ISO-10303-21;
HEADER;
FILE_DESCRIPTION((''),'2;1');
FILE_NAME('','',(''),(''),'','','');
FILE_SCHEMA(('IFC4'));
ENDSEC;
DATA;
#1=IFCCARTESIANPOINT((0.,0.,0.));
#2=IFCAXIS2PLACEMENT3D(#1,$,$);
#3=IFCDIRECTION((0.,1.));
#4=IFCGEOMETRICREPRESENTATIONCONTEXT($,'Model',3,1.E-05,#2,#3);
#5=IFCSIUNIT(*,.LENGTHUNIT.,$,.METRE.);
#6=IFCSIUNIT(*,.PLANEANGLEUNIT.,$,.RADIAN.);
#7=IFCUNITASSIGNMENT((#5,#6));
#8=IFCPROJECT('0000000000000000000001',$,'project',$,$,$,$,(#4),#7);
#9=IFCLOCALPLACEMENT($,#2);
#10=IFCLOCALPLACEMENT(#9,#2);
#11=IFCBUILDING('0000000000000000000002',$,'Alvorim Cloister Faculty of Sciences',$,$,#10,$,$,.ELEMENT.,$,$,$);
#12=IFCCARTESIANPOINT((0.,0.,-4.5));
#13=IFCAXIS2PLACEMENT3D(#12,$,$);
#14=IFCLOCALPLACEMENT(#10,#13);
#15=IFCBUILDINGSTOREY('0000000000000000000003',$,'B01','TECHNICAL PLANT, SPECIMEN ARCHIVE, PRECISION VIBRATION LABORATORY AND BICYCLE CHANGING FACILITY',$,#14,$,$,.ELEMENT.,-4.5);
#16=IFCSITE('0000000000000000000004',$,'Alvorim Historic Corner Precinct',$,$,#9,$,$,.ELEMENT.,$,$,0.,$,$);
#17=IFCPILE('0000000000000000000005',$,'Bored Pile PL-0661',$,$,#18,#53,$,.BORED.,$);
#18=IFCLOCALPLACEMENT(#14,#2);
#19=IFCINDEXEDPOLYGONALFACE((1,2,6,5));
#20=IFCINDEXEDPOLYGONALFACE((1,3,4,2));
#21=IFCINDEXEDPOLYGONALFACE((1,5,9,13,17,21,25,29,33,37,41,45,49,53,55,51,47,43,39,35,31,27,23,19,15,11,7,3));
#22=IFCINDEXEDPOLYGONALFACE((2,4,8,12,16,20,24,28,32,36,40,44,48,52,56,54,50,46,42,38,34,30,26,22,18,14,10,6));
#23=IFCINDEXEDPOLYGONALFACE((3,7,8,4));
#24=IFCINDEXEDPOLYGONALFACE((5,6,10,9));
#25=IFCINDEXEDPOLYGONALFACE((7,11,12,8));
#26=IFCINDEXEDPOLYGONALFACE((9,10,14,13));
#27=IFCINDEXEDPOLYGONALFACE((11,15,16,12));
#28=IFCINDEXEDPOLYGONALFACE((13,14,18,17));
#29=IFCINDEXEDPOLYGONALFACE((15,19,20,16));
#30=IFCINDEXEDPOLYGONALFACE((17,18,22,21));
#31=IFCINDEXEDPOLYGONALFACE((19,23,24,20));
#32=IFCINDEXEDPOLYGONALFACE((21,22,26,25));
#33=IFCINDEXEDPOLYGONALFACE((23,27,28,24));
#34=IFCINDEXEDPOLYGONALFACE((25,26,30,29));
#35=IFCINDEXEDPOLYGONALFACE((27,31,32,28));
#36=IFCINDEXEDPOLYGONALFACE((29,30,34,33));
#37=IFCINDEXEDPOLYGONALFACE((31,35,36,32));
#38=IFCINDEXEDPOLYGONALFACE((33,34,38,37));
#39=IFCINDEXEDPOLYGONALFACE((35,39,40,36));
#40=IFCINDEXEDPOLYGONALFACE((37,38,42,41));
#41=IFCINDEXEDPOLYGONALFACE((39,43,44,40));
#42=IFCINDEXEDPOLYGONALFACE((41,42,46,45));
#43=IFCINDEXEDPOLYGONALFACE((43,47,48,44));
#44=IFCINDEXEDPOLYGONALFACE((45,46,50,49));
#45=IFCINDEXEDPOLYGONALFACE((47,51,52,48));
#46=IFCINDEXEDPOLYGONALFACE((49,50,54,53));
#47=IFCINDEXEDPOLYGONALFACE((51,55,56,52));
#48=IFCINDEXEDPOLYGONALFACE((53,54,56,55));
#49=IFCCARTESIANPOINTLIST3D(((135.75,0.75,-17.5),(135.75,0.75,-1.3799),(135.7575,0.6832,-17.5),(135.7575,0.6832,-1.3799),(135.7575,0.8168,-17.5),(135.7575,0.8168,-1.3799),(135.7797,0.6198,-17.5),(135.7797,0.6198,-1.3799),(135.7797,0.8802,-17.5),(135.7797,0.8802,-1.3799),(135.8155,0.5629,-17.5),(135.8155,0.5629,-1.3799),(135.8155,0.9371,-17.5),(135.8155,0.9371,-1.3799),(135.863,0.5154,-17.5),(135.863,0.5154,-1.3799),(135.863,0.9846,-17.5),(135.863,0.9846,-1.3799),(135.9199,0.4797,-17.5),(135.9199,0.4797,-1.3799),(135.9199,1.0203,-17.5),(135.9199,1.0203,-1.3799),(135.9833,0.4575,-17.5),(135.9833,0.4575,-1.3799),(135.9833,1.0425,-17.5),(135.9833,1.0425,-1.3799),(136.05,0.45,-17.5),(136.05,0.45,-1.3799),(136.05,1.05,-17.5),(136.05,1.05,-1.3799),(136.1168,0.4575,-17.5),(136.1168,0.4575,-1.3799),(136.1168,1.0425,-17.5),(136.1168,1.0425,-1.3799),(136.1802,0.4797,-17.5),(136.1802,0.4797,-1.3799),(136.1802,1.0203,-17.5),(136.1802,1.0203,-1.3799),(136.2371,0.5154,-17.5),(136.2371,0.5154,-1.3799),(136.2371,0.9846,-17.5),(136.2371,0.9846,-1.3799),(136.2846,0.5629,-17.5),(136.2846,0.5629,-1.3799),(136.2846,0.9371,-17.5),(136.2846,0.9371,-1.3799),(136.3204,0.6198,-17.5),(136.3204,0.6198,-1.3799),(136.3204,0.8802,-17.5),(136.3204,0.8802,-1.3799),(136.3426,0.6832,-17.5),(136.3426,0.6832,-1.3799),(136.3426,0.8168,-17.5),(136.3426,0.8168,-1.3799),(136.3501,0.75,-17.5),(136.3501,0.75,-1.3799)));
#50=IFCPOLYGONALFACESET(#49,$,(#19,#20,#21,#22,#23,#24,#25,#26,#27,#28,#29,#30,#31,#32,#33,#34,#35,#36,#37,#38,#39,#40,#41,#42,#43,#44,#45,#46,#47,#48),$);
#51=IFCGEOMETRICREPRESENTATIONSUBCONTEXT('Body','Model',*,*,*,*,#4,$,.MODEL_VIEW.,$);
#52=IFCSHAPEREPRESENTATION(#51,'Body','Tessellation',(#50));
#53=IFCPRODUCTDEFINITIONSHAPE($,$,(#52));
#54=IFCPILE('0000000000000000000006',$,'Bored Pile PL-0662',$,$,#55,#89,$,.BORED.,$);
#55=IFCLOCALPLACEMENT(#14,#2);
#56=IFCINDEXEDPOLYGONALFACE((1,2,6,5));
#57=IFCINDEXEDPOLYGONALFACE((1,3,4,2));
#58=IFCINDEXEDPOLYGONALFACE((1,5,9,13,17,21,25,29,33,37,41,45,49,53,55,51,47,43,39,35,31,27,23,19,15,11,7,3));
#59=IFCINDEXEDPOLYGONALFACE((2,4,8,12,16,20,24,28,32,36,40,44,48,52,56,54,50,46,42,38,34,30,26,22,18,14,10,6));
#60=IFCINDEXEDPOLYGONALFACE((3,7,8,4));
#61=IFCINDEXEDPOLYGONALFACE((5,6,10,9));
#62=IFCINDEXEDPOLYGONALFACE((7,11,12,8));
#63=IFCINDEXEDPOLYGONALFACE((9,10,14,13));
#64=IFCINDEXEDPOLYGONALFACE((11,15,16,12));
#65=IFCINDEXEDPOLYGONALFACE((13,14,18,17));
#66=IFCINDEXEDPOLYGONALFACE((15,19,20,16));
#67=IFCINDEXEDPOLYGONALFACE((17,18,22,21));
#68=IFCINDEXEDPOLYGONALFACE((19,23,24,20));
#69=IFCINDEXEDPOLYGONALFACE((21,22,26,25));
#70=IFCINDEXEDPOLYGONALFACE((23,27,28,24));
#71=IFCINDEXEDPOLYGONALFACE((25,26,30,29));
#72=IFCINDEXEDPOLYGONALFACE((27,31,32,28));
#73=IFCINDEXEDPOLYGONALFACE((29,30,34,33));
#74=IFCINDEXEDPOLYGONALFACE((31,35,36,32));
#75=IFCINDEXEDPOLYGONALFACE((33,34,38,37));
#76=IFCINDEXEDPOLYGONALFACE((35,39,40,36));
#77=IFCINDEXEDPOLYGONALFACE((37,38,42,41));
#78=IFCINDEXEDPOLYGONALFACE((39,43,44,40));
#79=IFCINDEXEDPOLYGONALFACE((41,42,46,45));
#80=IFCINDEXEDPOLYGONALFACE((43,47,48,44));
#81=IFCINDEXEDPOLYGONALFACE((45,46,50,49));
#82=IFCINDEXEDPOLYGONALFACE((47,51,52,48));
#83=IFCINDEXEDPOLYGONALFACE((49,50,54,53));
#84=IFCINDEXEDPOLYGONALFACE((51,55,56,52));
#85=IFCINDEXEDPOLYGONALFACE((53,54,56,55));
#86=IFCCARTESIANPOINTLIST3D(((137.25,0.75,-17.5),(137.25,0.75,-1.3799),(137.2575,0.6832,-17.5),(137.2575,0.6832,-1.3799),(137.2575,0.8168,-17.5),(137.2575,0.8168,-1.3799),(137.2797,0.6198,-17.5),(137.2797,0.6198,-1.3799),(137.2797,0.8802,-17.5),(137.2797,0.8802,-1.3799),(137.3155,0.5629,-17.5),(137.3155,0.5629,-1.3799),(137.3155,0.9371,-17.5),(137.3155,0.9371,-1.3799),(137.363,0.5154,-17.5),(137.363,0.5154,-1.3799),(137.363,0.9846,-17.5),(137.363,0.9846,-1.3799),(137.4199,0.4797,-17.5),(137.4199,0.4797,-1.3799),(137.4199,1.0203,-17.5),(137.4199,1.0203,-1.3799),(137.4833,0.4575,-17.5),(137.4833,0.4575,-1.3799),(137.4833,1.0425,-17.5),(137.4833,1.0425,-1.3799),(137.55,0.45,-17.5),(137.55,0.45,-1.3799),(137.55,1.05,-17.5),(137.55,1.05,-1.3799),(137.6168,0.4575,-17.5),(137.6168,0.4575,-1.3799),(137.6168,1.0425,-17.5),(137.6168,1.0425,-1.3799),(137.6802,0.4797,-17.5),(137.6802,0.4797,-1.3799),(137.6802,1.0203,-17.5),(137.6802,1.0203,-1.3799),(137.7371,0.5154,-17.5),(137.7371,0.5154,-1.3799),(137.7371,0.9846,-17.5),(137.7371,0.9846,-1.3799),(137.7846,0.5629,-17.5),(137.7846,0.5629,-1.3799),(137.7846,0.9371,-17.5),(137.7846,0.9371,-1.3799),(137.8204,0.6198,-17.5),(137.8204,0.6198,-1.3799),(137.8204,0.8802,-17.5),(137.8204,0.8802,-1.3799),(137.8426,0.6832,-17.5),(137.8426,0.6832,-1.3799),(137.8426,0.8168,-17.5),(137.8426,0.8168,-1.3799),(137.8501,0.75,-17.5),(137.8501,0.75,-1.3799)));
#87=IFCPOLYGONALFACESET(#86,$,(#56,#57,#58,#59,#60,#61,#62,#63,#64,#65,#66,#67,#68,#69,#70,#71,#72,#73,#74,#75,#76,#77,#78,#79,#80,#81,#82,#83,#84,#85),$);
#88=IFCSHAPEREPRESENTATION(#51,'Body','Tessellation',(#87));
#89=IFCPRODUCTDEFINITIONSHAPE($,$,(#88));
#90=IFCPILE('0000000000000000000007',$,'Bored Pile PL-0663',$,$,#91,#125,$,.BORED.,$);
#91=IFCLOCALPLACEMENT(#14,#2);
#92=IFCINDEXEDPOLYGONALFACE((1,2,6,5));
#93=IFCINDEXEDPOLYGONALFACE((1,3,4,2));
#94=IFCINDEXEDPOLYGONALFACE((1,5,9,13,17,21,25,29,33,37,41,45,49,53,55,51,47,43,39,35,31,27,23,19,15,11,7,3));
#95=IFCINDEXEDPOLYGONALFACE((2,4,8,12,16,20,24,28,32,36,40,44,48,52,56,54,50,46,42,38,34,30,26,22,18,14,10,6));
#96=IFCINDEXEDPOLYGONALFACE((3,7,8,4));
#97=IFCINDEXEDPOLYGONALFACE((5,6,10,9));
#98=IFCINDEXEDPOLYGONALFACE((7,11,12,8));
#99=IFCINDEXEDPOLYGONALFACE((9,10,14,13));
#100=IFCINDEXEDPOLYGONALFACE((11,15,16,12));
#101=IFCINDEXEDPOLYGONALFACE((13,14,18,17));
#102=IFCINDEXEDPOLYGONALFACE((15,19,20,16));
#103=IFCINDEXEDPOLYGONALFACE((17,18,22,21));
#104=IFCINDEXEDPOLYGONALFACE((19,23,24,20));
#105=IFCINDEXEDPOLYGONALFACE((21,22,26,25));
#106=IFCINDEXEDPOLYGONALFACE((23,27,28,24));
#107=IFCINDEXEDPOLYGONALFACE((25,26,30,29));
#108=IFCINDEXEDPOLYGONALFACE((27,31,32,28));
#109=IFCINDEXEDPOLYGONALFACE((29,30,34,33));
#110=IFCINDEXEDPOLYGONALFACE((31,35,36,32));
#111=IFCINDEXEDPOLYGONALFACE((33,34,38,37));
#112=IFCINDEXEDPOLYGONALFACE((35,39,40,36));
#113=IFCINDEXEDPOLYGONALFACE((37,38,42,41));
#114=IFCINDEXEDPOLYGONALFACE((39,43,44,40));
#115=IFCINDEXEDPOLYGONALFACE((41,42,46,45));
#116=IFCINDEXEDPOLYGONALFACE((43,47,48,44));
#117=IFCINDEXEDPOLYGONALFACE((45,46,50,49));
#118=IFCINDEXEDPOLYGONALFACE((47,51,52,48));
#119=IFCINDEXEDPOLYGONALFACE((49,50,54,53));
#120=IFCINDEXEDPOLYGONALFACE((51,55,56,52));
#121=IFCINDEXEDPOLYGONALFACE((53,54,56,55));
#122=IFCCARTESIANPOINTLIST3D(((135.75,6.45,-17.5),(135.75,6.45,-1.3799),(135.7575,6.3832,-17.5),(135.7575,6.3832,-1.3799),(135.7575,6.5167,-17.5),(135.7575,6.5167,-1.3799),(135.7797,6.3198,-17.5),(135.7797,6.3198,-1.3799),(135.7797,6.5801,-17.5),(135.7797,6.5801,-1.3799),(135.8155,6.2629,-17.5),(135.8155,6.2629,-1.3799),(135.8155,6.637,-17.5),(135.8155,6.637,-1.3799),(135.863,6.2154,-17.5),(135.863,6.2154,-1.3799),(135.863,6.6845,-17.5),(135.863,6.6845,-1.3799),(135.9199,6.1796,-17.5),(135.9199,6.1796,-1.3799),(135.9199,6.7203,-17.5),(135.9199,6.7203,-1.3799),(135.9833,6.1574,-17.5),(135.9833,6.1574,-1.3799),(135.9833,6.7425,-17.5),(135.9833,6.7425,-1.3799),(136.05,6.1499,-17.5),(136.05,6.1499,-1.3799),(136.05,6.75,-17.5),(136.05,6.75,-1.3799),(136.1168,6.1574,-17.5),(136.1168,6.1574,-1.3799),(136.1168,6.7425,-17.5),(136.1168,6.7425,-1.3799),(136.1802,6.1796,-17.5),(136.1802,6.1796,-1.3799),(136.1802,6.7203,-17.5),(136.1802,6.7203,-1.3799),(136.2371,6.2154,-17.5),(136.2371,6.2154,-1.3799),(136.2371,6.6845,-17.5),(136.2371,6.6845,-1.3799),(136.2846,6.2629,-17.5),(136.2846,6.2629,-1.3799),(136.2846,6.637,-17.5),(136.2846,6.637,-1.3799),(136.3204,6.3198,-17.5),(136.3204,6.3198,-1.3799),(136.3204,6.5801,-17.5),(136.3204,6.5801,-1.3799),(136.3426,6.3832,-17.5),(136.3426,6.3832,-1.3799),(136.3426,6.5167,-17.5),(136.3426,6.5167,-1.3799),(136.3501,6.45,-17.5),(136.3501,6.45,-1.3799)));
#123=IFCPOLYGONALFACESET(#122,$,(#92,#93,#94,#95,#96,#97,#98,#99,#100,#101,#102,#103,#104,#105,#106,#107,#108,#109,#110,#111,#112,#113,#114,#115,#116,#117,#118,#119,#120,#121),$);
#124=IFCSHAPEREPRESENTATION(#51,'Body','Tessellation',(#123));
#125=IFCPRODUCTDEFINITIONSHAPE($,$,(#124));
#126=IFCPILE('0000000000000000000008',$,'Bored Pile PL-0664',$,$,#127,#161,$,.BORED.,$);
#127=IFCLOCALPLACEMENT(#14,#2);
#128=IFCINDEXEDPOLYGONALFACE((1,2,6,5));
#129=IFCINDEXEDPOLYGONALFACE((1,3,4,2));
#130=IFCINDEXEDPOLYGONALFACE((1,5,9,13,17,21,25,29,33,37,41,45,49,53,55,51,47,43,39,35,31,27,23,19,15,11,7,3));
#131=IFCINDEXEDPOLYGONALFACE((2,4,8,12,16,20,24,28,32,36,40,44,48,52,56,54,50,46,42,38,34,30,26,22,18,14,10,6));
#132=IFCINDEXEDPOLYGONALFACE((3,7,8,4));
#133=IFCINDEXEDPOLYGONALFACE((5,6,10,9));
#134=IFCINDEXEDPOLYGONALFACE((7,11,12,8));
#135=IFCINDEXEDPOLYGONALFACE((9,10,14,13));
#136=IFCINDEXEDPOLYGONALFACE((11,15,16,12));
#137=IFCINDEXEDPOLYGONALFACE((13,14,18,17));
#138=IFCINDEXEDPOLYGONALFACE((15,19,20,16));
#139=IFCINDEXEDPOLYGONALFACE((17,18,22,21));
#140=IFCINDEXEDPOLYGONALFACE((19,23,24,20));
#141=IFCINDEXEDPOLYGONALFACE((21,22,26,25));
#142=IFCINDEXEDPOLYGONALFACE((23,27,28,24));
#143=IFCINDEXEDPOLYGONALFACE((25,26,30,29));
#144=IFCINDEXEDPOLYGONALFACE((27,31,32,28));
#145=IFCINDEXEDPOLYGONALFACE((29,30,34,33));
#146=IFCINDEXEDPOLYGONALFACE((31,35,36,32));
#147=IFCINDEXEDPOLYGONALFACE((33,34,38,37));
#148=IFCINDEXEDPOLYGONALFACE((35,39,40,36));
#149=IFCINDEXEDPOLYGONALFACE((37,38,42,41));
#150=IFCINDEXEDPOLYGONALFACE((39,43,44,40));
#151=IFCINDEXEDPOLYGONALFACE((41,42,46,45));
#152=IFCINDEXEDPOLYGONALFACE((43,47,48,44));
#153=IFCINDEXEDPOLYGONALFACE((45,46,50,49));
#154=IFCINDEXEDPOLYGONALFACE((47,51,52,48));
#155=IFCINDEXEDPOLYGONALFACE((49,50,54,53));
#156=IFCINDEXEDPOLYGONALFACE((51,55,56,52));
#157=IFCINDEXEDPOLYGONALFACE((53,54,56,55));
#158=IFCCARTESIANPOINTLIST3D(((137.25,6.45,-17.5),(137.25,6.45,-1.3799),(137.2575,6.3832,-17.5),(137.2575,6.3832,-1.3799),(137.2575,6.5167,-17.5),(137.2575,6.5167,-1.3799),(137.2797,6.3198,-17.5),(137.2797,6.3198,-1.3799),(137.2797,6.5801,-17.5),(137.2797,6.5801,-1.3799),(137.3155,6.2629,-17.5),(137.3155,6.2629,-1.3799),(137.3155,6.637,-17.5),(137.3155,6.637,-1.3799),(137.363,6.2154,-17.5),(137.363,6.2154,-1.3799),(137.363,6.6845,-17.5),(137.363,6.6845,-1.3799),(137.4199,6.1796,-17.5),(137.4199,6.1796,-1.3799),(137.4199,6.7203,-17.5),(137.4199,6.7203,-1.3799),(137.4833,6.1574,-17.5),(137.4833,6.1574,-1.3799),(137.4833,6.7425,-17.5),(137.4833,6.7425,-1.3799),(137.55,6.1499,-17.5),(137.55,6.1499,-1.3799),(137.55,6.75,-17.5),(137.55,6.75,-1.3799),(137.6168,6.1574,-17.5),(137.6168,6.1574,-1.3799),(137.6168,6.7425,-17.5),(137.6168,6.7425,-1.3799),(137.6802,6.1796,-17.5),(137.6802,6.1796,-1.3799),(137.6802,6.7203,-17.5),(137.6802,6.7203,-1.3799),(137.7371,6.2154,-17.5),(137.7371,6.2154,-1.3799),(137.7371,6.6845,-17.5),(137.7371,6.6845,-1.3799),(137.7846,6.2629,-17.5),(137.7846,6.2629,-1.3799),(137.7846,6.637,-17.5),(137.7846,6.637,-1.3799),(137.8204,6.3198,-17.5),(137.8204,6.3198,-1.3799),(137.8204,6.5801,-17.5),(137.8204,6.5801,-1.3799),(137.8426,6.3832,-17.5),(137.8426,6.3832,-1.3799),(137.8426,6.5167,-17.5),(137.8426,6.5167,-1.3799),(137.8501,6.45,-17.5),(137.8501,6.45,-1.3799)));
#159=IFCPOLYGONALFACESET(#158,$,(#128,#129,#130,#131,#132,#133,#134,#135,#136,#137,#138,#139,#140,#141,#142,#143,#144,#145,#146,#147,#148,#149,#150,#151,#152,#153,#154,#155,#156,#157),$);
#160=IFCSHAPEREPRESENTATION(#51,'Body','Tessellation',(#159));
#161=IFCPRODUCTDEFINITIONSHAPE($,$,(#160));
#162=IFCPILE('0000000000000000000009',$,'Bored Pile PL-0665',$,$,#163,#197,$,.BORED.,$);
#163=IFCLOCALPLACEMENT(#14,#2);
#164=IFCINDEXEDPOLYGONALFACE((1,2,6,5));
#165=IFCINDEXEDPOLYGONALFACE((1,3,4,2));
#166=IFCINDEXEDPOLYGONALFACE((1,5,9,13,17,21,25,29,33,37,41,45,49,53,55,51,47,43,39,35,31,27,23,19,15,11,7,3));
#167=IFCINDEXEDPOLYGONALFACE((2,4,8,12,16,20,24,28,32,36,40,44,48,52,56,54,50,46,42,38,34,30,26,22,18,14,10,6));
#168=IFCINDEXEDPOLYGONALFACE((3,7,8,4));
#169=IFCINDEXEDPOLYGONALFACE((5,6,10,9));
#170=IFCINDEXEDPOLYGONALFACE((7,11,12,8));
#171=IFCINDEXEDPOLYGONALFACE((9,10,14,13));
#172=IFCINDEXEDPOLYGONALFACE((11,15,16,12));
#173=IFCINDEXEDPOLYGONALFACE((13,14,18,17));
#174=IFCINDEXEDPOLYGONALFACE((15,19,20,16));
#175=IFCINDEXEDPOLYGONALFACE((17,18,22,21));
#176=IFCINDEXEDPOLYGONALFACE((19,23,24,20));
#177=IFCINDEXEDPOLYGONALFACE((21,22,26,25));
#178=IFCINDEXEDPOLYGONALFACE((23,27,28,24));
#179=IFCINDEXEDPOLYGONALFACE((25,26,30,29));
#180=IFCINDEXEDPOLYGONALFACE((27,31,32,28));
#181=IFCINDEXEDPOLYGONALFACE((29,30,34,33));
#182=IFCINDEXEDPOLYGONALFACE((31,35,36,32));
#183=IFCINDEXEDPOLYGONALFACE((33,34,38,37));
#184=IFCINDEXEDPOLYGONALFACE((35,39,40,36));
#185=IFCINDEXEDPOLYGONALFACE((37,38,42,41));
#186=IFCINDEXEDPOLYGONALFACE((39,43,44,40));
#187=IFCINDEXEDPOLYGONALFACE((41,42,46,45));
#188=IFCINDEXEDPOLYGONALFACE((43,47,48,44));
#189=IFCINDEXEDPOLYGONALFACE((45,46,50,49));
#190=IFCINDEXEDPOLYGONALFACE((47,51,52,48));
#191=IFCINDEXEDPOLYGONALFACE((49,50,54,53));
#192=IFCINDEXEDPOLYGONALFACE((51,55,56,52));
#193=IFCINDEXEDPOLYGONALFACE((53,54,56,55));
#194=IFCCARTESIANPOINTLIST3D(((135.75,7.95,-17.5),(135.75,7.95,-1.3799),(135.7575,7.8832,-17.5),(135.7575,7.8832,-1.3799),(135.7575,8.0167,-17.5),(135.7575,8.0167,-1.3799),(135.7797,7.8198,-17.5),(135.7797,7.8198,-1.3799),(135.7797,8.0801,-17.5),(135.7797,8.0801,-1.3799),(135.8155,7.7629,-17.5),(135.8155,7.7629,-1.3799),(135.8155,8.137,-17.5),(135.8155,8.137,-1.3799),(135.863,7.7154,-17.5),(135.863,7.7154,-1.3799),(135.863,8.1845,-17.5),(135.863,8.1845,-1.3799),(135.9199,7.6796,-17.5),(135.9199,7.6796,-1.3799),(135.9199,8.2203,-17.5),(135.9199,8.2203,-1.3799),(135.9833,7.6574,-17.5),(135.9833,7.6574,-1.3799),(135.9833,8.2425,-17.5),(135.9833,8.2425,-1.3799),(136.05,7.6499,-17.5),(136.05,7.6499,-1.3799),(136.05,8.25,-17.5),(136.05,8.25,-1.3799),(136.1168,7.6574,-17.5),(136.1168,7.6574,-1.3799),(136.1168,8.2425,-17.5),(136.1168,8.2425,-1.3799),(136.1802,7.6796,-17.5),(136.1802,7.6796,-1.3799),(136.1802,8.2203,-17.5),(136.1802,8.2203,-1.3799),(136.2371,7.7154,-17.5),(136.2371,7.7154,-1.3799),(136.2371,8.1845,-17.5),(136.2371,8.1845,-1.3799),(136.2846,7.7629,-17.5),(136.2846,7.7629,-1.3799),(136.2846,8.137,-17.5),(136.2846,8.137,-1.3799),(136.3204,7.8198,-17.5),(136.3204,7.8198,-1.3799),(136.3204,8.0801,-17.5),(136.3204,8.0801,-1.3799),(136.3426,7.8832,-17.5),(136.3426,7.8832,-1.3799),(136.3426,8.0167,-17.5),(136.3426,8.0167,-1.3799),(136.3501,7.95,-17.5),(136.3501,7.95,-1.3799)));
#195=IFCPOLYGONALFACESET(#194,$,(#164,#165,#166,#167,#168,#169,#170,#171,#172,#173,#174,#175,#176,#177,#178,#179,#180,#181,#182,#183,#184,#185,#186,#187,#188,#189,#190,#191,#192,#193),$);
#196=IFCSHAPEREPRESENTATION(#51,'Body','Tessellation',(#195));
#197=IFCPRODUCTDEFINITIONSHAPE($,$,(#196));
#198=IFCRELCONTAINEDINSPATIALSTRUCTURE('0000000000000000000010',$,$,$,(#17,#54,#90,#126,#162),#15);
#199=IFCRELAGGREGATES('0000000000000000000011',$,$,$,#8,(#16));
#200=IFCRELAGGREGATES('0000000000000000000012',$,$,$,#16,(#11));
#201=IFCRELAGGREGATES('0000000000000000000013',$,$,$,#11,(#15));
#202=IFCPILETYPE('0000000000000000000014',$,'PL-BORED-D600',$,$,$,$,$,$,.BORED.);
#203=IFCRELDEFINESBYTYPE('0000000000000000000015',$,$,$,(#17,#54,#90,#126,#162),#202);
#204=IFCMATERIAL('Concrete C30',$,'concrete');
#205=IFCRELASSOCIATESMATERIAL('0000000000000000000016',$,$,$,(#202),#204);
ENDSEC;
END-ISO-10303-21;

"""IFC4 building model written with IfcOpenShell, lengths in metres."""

from ifc_helpers import new_model, si_unit, direction, frame, origin, origin_2d, place, context, subcontext, project, spatial, circle, extrude, material, material_profile, profile_set, type_object, element, save


model = new_model("IFC4")

# Units and contexts
model_context = context("Model", 3, precision=1e-05, world=origin(), true_north=direction((0.0, 1.0)))
body_context = subcontext(model_context, "Body", "Model", "MODEL_VIEW")
ifc_project = project(units=[si_unit("LENGTHUNIT", "METRE"), si_unit("PLANEANGLEUNIT", "RADIAN")], contexts=[model_context])

# Site, building, storey
site_placement = place(None, origin())
site = spatial("IfcSite", under=ifc_project, at=site_placement, Name="Alvorim Historic Corner Precinct", CompositionType="ELEMENT", RefElevation=0.0)
building_placement = place(site_placement, origin())
building = spatial("IfcBuilding", under=site, at=building_placement, Name="Alvorim Cloister Faculty of Sciences", CompositionType="ELEMENT")
storey_placement = place(building_placement, frame((0.0, 0.0, -4.5)))
storey = spatial("IfcBuildingStorey", under=building, at=storey_placement, Name="B01", Description="TECHNICAL PLANT, SPECIMEN ARCHIVE, PRECISION VIBRATION LABORATORY AND BICYCLE CHANGING FACILITY", CompositionType="ELEMENT", Elevation=-4.5)

# Piles
ifc_material_1 = material(Name="Concrete C30", Category="concrete")
ifc_material_profile_1 = material_profile(ifc_material_1, circle(Radius=0.3, at=origin_2d()), Name="PILE-D600")
ifc_profile_set_1 = profile_set([ifc_material_profile_1], Name="Concrete C30")
pile_type_1 = type_object("IfcPileType", Name="PL-BORED-D600", PredefinedType="BORED", material=ifc_profile_set_1)
for number, where, z_axis, x_axis, name in (
    (1, (136.05, 0.75, -1.3799), (0.0, 0.0, -1.0), (1.0, 0.0, 0.0), "Bored Pile PL-0661"),
    (2, (137.55, 0.75, -1.3799), (0.0, 0.0, -1.0), (1.0, 0.0, 0.0), "Bored Pile PL-0662"),
    (3, (136.05, 6.45, -1.3799), (0.0, 0.0, -1.0), (1.0, 0.0, 0.0), "Bored Pile PL-0663"),
    (4, (137.55, 6.45, -1.3799), (0.0, 0.0, -1.0), (1.0, 0.0, 0.0), "Bored Pile PL-0664"),
    (5, (136.05, 7.95, -1.3799), (0.0, 0.0, -1.0), (1.0, 0.0, 0.0), "Bored Pile PL-0665"),
):
    element("IfcPile", number, at=place(storey_placement, frame(where, z_axis=z_axis, x_axis=x_axis)), inside=storey, type_object=pile_type_1, Name=name, PredefinedType="BORED", context=body_context, shape_type="SweptSolid", body=[
        extrude(circle(Radius=0.3, at=origin_2d()), origin(), (0.0, 0.0, 1.0), 16.1201),
    ])

save(model, "model.ifc")
